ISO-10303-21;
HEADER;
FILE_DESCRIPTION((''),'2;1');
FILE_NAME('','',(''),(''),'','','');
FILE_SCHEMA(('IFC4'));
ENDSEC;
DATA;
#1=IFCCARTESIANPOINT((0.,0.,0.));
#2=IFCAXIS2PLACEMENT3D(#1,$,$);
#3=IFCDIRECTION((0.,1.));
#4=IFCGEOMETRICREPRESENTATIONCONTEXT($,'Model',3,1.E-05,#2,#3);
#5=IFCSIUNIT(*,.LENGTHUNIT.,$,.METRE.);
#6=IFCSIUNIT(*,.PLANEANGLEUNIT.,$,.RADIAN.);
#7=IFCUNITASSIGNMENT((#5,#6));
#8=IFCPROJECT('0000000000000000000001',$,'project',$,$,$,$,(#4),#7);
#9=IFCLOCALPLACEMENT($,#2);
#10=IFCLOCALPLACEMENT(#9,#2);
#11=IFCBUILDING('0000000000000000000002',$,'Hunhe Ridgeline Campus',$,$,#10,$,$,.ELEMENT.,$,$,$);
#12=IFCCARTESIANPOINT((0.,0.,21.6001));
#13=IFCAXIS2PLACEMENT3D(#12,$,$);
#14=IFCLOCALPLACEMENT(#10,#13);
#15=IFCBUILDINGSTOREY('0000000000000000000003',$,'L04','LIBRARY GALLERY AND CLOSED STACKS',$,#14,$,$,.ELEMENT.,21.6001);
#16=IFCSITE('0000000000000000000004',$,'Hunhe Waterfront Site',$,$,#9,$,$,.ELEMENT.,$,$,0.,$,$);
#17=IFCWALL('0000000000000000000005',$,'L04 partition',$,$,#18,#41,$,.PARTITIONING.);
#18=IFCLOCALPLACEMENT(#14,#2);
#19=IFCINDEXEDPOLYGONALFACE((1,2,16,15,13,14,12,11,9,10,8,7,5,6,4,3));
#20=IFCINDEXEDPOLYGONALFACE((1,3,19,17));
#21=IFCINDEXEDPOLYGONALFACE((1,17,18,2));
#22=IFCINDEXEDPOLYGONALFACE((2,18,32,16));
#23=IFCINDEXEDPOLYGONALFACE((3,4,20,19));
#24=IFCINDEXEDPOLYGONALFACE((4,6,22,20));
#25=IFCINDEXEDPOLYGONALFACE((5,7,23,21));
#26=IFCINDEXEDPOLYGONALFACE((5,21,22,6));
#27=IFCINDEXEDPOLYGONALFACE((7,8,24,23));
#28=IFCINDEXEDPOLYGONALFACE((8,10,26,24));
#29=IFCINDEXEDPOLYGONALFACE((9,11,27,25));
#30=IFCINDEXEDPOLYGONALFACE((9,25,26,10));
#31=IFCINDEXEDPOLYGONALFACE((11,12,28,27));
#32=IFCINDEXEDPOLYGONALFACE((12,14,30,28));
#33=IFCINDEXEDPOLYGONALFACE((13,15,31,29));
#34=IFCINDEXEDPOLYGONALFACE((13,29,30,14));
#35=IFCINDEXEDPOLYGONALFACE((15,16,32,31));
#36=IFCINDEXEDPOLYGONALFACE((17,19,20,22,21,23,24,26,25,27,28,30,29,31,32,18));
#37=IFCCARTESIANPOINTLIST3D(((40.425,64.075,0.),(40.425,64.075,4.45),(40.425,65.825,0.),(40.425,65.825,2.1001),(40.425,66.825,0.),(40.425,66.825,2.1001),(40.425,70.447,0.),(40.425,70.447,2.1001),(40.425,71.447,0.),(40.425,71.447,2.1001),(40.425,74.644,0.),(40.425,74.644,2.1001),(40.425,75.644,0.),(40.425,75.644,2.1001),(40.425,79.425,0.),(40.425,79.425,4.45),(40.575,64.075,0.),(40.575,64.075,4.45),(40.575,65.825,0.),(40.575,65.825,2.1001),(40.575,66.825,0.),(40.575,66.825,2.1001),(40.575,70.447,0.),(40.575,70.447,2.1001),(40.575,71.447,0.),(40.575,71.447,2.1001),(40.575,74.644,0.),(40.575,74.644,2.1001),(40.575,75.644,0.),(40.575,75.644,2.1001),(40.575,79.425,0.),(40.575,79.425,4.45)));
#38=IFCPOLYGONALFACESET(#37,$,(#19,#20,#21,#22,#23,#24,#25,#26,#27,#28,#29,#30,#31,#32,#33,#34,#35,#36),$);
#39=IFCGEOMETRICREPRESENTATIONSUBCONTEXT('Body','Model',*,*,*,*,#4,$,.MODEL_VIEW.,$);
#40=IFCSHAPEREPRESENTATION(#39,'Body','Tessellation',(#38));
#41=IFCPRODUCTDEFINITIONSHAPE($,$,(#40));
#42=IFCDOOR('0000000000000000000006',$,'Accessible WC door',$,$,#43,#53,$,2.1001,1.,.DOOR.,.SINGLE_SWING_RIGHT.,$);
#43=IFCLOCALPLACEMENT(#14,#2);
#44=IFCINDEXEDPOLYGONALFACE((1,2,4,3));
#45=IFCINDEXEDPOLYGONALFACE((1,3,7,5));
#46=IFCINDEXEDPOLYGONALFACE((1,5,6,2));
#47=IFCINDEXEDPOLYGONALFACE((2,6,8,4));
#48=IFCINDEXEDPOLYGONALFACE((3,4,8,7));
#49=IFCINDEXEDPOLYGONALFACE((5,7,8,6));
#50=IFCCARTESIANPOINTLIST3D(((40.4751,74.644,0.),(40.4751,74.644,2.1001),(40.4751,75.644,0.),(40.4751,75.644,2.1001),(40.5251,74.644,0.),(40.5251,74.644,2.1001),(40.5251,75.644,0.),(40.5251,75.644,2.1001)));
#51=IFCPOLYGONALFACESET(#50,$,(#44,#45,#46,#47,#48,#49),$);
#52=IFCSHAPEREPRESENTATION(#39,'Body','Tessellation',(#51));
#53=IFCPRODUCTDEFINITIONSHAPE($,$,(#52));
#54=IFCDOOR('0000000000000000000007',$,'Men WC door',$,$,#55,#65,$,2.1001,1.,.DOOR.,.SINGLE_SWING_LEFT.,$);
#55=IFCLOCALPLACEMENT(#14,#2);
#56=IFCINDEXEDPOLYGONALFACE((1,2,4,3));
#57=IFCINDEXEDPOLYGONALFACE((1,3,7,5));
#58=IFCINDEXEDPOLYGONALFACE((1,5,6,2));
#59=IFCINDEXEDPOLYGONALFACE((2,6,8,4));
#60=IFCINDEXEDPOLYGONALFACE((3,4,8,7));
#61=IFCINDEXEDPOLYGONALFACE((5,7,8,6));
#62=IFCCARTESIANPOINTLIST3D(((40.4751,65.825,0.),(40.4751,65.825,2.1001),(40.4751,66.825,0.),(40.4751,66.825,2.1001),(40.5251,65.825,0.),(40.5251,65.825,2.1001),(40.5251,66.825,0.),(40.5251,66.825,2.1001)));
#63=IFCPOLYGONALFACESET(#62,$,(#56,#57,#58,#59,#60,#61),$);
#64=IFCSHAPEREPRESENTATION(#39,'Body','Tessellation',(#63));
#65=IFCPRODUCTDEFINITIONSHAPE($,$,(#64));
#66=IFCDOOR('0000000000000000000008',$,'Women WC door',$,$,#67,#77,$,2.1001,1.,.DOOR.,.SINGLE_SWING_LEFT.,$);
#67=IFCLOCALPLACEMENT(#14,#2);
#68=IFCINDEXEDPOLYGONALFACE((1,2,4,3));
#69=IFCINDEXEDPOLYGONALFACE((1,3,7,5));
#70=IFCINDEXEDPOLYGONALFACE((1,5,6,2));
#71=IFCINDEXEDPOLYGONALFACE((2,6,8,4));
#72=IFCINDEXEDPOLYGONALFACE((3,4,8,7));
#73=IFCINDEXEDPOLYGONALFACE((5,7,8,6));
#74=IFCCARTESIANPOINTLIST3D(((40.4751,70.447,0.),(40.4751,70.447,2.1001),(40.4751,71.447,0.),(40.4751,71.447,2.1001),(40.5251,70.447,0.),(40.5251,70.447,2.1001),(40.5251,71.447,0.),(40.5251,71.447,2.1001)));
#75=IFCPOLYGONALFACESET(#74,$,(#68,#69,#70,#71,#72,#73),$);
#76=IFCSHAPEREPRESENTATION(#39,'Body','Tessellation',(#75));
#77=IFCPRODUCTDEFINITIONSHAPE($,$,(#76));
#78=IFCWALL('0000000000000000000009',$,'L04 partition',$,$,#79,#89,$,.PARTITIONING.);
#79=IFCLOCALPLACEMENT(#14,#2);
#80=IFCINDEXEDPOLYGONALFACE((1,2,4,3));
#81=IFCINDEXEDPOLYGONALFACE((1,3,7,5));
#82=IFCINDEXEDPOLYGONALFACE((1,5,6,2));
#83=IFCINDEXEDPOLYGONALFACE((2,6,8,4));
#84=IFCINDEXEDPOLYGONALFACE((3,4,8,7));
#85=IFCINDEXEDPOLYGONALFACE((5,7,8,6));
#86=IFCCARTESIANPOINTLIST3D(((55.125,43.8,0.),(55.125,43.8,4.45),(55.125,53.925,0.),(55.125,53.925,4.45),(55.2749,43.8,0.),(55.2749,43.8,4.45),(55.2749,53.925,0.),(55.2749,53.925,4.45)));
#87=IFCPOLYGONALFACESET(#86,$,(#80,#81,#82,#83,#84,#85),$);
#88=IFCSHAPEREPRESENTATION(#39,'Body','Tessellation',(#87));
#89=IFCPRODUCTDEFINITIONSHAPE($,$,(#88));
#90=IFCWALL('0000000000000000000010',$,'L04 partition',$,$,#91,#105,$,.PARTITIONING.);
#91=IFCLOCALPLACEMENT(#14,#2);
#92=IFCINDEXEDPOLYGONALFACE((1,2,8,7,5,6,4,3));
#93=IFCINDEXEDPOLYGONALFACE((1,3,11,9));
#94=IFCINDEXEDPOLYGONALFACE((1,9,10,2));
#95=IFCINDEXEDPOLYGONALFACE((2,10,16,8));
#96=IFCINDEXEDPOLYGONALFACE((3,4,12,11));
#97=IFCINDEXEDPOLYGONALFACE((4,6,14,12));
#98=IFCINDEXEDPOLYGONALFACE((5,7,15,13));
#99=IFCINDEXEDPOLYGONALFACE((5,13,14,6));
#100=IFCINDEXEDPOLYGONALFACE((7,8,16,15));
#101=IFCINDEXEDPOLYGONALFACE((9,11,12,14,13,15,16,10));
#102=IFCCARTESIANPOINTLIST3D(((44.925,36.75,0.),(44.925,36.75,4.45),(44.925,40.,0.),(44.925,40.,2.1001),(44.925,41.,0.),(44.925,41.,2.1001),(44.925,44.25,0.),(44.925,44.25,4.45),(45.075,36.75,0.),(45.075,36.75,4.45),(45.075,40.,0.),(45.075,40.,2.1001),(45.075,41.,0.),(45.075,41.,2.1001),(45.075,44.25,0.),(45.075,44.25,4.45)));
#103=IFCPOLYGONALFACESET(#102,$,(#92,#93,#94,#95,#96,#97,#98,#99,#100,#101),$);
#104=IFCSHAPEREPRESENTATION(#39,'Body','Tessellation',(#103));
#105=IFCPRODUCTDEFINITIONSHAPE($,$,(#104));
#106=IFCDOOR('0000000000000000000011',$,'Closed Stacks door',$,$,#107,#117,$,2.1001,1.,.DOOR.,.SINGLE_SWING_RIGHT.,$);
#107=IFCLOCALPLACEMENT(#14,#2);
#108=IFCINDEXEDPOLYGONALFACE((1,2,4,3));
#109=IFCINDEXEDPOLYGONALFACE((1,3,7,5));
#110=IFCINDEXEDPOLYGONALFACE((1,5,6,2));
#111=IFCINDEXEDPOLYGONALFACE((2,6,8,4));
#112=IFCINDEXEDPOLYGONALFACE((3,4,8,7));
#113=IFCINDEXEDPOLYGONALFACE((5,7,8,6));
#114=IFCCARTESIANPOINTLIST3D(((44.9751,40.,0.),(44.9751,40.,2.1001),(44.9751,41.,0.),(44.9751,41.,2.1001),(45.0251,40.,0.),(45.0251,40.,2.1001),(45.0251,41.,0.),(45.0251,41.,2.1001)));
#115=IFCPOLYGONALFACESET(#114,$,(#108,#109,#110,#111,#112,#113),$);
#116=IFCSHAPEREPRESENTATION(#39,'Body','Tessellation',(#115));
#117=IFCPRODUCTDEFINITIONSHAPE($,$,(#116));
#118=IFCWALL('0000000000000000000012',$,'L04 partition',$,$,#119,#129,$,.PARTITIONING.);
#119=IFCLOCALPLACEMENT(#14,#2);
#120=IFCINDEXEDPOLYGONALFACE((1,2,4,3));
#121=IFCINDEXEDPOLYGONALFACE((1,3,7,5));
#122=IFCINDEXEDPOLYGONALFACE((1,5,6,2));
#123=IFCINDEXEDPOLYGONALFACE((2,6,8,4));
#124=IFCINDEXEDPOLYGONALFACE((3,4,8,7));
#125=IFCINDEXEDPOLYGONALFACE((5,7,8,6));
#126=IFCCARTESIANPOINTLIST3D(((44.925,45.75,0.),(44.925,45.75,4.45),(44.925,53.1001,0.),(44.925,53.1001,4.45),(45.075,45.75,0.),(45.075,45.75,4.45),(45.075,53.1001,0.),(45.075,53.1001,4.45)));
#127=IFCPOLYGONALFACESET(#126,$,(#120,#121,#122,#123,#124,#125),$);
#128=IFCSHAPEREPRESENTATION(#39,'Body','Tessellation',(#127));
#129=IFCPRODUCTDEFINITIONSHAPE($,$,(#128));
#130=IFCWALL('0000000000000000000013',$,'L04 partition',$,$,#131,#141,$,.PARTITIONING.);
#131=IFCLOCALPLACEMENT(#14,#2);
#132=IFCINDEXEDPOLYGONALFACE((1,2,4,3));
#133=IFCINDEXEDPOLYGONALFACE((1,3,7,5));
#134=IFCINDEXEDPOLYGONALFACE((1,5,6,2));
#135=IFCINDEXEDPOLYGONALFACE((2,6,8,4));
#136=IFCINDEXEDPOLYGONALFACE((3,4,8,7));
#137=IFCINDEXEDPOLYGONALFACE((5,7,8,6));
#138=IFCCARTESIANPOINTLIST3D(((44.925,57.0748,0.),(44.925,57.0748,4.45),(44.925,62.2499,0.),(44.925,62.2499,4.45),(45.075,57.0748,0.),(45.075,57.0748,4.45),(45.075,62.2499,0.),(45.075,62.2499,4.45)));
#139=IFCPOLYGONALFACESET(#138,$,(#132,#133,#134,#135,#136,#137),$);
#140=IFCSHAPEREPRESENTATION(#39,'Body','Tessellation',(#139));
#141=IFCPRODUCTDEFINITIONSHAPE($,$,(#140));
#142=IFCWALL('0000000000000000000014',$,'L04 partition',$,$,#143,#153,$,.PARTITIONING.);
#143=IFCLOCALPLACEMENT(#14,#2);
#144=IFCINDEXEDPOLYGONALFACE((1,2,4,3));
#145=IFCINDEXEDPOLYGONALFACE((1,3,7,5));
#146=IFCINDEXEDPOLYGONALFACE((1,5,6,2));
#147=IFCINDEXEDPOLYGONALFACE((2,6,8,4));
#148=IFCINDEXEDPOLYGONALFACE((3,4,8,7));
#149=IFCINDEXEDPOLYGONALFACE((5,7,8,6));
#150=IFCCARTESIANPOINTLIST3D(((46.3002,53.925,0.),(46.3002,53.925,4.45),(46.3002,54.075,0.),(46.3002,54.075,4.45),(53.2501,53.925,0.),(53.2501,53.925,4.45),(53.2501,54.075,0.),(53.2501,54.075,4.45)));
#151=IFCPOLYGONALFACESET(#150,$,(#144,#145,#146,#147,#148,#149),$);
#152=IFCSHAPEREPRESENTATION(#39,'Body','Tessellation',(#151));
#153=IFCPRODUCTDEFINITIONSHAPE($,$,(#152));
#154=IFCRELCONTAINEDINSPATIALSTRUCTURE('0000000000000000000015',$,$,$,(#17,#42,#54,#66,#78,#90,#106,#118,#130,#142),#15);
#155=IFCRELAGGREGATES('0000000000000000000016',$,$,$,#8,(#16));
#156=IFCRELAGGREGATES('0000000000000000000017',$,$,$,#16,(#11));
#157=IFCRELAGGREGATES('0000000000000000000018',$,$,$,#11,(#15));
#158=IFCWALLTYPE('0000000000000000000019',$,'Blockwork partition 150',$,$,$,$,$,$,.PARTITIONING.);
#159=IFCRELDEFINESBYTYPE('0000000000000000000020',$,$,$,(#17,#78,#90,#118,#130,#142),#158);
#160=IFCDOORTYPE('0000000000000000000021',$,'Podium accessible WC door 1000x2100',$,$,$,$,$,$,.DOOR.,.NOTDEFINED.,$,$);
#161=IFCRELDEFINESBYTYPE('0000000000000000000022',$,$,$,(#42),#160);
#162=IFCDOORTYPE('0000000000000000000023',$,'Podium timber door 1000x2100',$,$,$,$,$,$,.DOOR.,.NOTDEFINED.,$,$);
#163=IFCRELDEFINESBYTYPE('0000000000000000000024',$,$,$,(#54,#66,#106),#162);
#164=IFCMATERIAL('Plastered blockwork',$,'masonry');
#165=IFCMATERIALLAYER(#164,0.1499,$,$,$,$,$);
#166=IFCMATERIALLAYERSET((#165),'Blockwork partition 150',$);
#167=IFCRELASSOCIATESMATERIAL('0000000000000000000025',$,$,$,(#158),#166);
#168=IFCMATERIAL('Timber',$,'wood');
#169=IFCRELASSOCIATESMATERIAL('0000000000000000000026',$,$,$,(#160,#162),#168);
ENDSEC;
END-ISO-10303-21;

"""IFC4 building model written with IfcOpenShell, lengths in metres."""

from ifc_helpers import new_model, si_unit, direction, frame, frame_2d, origin, place, context, subcontext, project, spatial, rectangle, extrude, material, layer, layer_set, type_object, element, fill, save


model = new_model("IFC4")

# Units and contexts
model_context = context("Model", 3, precision=1e-05, world=origin(), true_north=direction((0.0, 1.0)))
body_context = subcontext(model_context, "Body", "Model", "MODEL_VIEW")
ifc_project = project(units=[si_unit("LENGTHUNIT", "METRE"), si_unit("PLANEANGLEUNIT", "RADIAN")], contexts=[model_context])

# Site, building, storey
site_placement = place(None, origin())
site = spatial("IfcSite", under=ifc_project, at=site_placement, Name="Hunhe Waterfront Site", CompositionType="ELEMENT", RefElevation=0.0)
building_placement = place(site_placement, origin())
building = spatial("IfcBuilding", under=site, at=building_placement, Name="Hunhe Ridgeline Campus", CompositionType="ELEMENT")
storey_placement = place(building_placement, frame((0.0, 0.0, 21.6001)))
storey = spatial("IfcBuildingStorey", under=building, at=storey_placement, Name="L04", Description="LIBRARY GALLERY AND CLOSED STACKS", CompositionType="ELEMENT", Elevation=21.6001)

# Shared definitions
ifc_material_1 = material(Name="Plastered blockwork", Category="masonry")
ifc_layer_1 = layer(ifc_material_1, 0.1499)
ifc_layer_set_1 = layer_set([ifc_layer_1], Name="Blockwork partition 150")
wall_type_1 = type_object("IfcWallType", Name="Blockwork partition 150", PredefinedType="PARTITIONING", material=ifc_layer_set_1)

# Wall, openings, doors
wall_1_placement = place(storey_placement, frame((40.5, 64.075, 0.0), z_axis=(0.0, 0.0, 1.0), x_axis=(0.0, 1.0, 0.0)))
wall_1 = element("IfcWall", 1, at=wall_1_placement, inside=storey, type_object=wall_type_1, Name="L04 partition", PredefinedType="PARTITIONING", context=body_context, shape_type="SweptSolid", body=[
    extrude(rectangle(XDim=15.3501, YDim=0.1499, at=frame_2d((7.675, 0.0))), origin(), (0.0, 0.0, 1.0), 4.45),
])
opening_1_placement = place(wall_1_placement, frame((1.75, 0.0, 0.0)))
opening_1 = element("IfcOpeningElement", 2, at=opening_1_placement, cuts=wall_1, PredefinedType="OPENING", context=body_context, shape_type="SweptSolid", body=[
    extrude(rectangle(XDim=1.0, YDim=2.1001, at=frame_2d((0.5, 1.05))), frame((0.0, 0.075, 0.0), z_axis=(0.0, -1.0, 0.0), x_axis=(1.0, 0.0, 0.0)), (0.0, 0.0, 1.0), 0.1499),
])
opening_2_placement = place(wall_1_placement, frame((6.3721, 0.0, 0.0)))
opening_2 = element("IfcOpeningElement", 3, at=opening_2_placement, cuts=wall_1, PredefinedType="OPENING", context=body_context, shape_type="SweptSolid", body=[
    extrude(rectangle(XDim=1.0, YDim=2.1001, at=frame_2d((0.5, 1.05))), frame((0.0, 0.075, 0.0), z_axis=(0.0, -1.0, 0.0), x_axis=(1.0, 0.0, 0.0)), (0.0, 0.0, 1.0), 0.1499),
])
opening_3_placement = place(wall_1_placement, frame((10.5691, 0.0, 0.0)))
opening_3 = element("IfcOpeningElement", 4, at=opening_3_placement, cuts=wall_1, PredefinedType="OPENING", context=body_context, shape_type="SweptSolid", body=[
    extrude(rectangle(XDim=1.0, YDim=2.1001, at=frame_2d((0.5, 1.05))), frame((0.0, 0.075, 0.0), z_axis=(0.0, -1.0, 0.0), x_axis=(1.0, 0.0, 0.0)), (0.0, 0.0, 1.0), 0.1499),
])
ifc_material_2 = material(Name="Timber", Category="wood")
door_type_1 = type_object("IfcDoorType", Name="Podium accessible WC door 1000x2100", OperationType="NOTDEFINED", PredefinedType="DOOR", material=ifc_material_2)
door_1_placement = place(opening_3_placement, origin())
door_1 = element("IfcDoor", 5, at=door_1_placement, inside=storey, type_object=door_type_1, Name="Accessible WC door", OperationType="SINGLE_SWING_RIGHT", OverallHeight=2.1001, OverallWidth=1.0, PredefinedType="DOOR", context=body_context, shape_type="SweptSolid", body=[
    extrude(rectangle(XDim=1.0, YDim=2.1001, at=frame_2d((0.5, 1.05))), frame((0.0, 0.0249, 0.0), z_axis=(0.0, -1.0, 0.0), x_axis=(1.0, 0.0, 0.0)), (0.0, 0.0, 1.0), 0.05),
])
fill(opening_3, door_1)
door_type_2 = type_object("IfcDoorType", Name="Podium timber door 1000x2100", OperationType="NOTDEFINED", PredefinedType="DOOR", material=ifc_material_2)
door_2_placement = place(opening_1_placement, origin())
door_2 = element("IfcDoor", 6, at=door_2_placement, inside=storey, type_object=door_type_2, Name="Men WC door", OperationType="SINGLE_SWING_LEFT", OverallHeight=2.1001, OverallWidth=1.0, PredefinedType="DOOR", context=body_context, shape_type="SweptSolid", body=[
    extrude(rectangle(XDim=1.0, YDim=2.1001, at=frame_2d((0.5, 1.05))), frame((0.0, 0.0249, 0.0), z_axis=(0.0, -1.0, 0.0), x_axis=(1.0, 0.0, 0.0)), (0.0, 0.0, 1.0), 0.05),
])
fill(opening_1, door_2)
door_3_placement = place(opening_2_placement, origin())
door_3 = element("IfcDoor", 7, at=door_3_placement, inside=storey, type_object=door_type_2, Name="Women WC door", OperationType="SINGLE_SWING_LEFT", OverallHeight=2.1001, OverallWidth=1.0, PredefinedType="DOOR", context=body_context, shape_type="SweptSolid", body=[
    extrude(rectangle(XDim=1.0, YDim=2.1001, at=frame_2d((0.5, 1.05))), frame((0.0, 0.0249, 0.0), z_axis=(0.0, -1.0, 0.0), x_axis=(1.0, 0.0, 0.0)), (0.0, 0.0, 1.0), 0.05),
])
fill(opening_2, door_3)

# Wall
wall_2_placement = place(storey_placement, frame((55.2, 43.8, 0.0), z_axis=(0.0, 0.0, 1.0), x_axis=(0.0, 1.0, 0.0)))
element("IfcWall", 8, at=wall_2_placement, inside=storey, type_object=wall_type_1, Name="L04 partition", PredefinedType="PARTITIONING", context=body_context, shape_type="SweptSolid", body=[
    extrude(rectangle(XDim=10.125, YDim=0.1499, at=frame_2d((5.0625, 0.0))), origin(), (0.0, 0.0, 1.0), 4.45),
])

# Wall, opening, door
wall_3_placement = place(storey_placement, frame((45.0, 36.75, 0.0), z_axis=(0.0, 0.0, 1.0), x_axis=(0.0, 1.0, 0.0)))
wall_3 = element("IfcWall", 9, at=wall_3_placement, inside=storey, type_object=wall_type_1, Name="L04 partition", PredefinedType="PARTITIONING", context=body_context, shape_type="SweptSolid", body=[
    extrude(rectangle(XDim=7.5, YDim=0.1499, at=frame_2d((3.75, 0.0))), origin(), (0.0, 0.0, 1.0), 4.45),
])
opening_4_placement = place(wall_3_placement, frame((3.25, 0.0, 0.0)))
opening_4 = element("IfcOpeningElement", 10, at=opening_4_placement, cuts=wall_3, PredefinedType="OPENING", context=body_context, shape_type="SweptSolid", body=[
    extrude(rectangle(XDim=1.0, YDim=2.1001, at=frame_2d((0.5, 1.05))), frame((0.0, 0.075, 0.0), z_axis=(0.0, -1.0, 0.0), x_axis=(1.0, 0.0, 0.0)), (0.0, 0.0, 1.0), 0.1499),
])
door_4_placement = place(opening_4_placement, origin())
door_4 = element("IfcDoor", 11, at=door_4_placement, inside=storey, type_object=door_type_2, Name="Closed Stacks door", OperationType="SINGLE_SWING_RIGHT", OverallHeight=2.1001, OverallWidth=1.0, PredefinedType="DOOR", context=body_context, shape_type="SweptSolid", body=[
    extrude(rectangle(XDim=1.0, YDim=2.1001, at=frame_2d((0.5, 1.05))), frame((0.0, 0.0249, 0.0), z_axis=(0.0, -1.0, 0.0), x_axis=(1.0, 0.0, 0.0)), (0.0, 0.0, 1.0), 0.05),
])
fill(opening_4, door_4)

# Walls
wall_4_placement = place(storey_placement, frame((45.0, 45.75, 0.0), z_axis=(0.0, 0.0, 1.0), x_axis=(0.0, 1.0, 0.0)))
element("IfcWall", 12, at=wall_4_placement, inside=storey, type_object=wall_type_1, Name="L04 partition", PredefinedType="PARTITIONING", context=body_context, shape_type="SweptSolid", body=[
    extrude(rectangle(XDim=7.3501, YDim=0.1499, at=frame_2d((3.675, 0.0))), origin(), (0.0, 0.0, 1.0), 4.45),
])
wall_5_placement = place(storey_placement, frame((45.0, 57.075, 0.0), z_axis=(0.0, 0.0, 1.0), x_axis=(0.0, 1.0, 0.0)))
element("IfcWall", 13, at=wall_5_placement, inside=storey, type_object=wall_type_1, Name="L04 partition", PredefinedType="PARTITIONING", context=body_context, shape_type="SweptSolid", body=[
    extrude(rectangle(XDim=5.175, YDim=0.1499, at=frame_2d((2.5874, 0.0))), origin(), (0.0, 0.0, 1.0), 4.45),
])
wall_6_placement = place(storey_placement, frame((46.3, 54.0, 0.0), z_axis=(0.0, 0.0, 1.0), x_axis=(1.0, 0.0, 0.0)))
element("IfcWall", 14, at=wall_6_placement, inside=storey, type_object=wall_type_1, Name="L04 partition", PredefinedType="PARTITIONING", context=body_context, shape_type="SweptSolid", body=[
    extrude(rectangle(XDim=6.95, YDim=0.1499, at=frame_2d((3.4751, 0.0))), origin(), (0.0, 0.0, 1.0), 4.45),
])

save(model, "model.ifc")
